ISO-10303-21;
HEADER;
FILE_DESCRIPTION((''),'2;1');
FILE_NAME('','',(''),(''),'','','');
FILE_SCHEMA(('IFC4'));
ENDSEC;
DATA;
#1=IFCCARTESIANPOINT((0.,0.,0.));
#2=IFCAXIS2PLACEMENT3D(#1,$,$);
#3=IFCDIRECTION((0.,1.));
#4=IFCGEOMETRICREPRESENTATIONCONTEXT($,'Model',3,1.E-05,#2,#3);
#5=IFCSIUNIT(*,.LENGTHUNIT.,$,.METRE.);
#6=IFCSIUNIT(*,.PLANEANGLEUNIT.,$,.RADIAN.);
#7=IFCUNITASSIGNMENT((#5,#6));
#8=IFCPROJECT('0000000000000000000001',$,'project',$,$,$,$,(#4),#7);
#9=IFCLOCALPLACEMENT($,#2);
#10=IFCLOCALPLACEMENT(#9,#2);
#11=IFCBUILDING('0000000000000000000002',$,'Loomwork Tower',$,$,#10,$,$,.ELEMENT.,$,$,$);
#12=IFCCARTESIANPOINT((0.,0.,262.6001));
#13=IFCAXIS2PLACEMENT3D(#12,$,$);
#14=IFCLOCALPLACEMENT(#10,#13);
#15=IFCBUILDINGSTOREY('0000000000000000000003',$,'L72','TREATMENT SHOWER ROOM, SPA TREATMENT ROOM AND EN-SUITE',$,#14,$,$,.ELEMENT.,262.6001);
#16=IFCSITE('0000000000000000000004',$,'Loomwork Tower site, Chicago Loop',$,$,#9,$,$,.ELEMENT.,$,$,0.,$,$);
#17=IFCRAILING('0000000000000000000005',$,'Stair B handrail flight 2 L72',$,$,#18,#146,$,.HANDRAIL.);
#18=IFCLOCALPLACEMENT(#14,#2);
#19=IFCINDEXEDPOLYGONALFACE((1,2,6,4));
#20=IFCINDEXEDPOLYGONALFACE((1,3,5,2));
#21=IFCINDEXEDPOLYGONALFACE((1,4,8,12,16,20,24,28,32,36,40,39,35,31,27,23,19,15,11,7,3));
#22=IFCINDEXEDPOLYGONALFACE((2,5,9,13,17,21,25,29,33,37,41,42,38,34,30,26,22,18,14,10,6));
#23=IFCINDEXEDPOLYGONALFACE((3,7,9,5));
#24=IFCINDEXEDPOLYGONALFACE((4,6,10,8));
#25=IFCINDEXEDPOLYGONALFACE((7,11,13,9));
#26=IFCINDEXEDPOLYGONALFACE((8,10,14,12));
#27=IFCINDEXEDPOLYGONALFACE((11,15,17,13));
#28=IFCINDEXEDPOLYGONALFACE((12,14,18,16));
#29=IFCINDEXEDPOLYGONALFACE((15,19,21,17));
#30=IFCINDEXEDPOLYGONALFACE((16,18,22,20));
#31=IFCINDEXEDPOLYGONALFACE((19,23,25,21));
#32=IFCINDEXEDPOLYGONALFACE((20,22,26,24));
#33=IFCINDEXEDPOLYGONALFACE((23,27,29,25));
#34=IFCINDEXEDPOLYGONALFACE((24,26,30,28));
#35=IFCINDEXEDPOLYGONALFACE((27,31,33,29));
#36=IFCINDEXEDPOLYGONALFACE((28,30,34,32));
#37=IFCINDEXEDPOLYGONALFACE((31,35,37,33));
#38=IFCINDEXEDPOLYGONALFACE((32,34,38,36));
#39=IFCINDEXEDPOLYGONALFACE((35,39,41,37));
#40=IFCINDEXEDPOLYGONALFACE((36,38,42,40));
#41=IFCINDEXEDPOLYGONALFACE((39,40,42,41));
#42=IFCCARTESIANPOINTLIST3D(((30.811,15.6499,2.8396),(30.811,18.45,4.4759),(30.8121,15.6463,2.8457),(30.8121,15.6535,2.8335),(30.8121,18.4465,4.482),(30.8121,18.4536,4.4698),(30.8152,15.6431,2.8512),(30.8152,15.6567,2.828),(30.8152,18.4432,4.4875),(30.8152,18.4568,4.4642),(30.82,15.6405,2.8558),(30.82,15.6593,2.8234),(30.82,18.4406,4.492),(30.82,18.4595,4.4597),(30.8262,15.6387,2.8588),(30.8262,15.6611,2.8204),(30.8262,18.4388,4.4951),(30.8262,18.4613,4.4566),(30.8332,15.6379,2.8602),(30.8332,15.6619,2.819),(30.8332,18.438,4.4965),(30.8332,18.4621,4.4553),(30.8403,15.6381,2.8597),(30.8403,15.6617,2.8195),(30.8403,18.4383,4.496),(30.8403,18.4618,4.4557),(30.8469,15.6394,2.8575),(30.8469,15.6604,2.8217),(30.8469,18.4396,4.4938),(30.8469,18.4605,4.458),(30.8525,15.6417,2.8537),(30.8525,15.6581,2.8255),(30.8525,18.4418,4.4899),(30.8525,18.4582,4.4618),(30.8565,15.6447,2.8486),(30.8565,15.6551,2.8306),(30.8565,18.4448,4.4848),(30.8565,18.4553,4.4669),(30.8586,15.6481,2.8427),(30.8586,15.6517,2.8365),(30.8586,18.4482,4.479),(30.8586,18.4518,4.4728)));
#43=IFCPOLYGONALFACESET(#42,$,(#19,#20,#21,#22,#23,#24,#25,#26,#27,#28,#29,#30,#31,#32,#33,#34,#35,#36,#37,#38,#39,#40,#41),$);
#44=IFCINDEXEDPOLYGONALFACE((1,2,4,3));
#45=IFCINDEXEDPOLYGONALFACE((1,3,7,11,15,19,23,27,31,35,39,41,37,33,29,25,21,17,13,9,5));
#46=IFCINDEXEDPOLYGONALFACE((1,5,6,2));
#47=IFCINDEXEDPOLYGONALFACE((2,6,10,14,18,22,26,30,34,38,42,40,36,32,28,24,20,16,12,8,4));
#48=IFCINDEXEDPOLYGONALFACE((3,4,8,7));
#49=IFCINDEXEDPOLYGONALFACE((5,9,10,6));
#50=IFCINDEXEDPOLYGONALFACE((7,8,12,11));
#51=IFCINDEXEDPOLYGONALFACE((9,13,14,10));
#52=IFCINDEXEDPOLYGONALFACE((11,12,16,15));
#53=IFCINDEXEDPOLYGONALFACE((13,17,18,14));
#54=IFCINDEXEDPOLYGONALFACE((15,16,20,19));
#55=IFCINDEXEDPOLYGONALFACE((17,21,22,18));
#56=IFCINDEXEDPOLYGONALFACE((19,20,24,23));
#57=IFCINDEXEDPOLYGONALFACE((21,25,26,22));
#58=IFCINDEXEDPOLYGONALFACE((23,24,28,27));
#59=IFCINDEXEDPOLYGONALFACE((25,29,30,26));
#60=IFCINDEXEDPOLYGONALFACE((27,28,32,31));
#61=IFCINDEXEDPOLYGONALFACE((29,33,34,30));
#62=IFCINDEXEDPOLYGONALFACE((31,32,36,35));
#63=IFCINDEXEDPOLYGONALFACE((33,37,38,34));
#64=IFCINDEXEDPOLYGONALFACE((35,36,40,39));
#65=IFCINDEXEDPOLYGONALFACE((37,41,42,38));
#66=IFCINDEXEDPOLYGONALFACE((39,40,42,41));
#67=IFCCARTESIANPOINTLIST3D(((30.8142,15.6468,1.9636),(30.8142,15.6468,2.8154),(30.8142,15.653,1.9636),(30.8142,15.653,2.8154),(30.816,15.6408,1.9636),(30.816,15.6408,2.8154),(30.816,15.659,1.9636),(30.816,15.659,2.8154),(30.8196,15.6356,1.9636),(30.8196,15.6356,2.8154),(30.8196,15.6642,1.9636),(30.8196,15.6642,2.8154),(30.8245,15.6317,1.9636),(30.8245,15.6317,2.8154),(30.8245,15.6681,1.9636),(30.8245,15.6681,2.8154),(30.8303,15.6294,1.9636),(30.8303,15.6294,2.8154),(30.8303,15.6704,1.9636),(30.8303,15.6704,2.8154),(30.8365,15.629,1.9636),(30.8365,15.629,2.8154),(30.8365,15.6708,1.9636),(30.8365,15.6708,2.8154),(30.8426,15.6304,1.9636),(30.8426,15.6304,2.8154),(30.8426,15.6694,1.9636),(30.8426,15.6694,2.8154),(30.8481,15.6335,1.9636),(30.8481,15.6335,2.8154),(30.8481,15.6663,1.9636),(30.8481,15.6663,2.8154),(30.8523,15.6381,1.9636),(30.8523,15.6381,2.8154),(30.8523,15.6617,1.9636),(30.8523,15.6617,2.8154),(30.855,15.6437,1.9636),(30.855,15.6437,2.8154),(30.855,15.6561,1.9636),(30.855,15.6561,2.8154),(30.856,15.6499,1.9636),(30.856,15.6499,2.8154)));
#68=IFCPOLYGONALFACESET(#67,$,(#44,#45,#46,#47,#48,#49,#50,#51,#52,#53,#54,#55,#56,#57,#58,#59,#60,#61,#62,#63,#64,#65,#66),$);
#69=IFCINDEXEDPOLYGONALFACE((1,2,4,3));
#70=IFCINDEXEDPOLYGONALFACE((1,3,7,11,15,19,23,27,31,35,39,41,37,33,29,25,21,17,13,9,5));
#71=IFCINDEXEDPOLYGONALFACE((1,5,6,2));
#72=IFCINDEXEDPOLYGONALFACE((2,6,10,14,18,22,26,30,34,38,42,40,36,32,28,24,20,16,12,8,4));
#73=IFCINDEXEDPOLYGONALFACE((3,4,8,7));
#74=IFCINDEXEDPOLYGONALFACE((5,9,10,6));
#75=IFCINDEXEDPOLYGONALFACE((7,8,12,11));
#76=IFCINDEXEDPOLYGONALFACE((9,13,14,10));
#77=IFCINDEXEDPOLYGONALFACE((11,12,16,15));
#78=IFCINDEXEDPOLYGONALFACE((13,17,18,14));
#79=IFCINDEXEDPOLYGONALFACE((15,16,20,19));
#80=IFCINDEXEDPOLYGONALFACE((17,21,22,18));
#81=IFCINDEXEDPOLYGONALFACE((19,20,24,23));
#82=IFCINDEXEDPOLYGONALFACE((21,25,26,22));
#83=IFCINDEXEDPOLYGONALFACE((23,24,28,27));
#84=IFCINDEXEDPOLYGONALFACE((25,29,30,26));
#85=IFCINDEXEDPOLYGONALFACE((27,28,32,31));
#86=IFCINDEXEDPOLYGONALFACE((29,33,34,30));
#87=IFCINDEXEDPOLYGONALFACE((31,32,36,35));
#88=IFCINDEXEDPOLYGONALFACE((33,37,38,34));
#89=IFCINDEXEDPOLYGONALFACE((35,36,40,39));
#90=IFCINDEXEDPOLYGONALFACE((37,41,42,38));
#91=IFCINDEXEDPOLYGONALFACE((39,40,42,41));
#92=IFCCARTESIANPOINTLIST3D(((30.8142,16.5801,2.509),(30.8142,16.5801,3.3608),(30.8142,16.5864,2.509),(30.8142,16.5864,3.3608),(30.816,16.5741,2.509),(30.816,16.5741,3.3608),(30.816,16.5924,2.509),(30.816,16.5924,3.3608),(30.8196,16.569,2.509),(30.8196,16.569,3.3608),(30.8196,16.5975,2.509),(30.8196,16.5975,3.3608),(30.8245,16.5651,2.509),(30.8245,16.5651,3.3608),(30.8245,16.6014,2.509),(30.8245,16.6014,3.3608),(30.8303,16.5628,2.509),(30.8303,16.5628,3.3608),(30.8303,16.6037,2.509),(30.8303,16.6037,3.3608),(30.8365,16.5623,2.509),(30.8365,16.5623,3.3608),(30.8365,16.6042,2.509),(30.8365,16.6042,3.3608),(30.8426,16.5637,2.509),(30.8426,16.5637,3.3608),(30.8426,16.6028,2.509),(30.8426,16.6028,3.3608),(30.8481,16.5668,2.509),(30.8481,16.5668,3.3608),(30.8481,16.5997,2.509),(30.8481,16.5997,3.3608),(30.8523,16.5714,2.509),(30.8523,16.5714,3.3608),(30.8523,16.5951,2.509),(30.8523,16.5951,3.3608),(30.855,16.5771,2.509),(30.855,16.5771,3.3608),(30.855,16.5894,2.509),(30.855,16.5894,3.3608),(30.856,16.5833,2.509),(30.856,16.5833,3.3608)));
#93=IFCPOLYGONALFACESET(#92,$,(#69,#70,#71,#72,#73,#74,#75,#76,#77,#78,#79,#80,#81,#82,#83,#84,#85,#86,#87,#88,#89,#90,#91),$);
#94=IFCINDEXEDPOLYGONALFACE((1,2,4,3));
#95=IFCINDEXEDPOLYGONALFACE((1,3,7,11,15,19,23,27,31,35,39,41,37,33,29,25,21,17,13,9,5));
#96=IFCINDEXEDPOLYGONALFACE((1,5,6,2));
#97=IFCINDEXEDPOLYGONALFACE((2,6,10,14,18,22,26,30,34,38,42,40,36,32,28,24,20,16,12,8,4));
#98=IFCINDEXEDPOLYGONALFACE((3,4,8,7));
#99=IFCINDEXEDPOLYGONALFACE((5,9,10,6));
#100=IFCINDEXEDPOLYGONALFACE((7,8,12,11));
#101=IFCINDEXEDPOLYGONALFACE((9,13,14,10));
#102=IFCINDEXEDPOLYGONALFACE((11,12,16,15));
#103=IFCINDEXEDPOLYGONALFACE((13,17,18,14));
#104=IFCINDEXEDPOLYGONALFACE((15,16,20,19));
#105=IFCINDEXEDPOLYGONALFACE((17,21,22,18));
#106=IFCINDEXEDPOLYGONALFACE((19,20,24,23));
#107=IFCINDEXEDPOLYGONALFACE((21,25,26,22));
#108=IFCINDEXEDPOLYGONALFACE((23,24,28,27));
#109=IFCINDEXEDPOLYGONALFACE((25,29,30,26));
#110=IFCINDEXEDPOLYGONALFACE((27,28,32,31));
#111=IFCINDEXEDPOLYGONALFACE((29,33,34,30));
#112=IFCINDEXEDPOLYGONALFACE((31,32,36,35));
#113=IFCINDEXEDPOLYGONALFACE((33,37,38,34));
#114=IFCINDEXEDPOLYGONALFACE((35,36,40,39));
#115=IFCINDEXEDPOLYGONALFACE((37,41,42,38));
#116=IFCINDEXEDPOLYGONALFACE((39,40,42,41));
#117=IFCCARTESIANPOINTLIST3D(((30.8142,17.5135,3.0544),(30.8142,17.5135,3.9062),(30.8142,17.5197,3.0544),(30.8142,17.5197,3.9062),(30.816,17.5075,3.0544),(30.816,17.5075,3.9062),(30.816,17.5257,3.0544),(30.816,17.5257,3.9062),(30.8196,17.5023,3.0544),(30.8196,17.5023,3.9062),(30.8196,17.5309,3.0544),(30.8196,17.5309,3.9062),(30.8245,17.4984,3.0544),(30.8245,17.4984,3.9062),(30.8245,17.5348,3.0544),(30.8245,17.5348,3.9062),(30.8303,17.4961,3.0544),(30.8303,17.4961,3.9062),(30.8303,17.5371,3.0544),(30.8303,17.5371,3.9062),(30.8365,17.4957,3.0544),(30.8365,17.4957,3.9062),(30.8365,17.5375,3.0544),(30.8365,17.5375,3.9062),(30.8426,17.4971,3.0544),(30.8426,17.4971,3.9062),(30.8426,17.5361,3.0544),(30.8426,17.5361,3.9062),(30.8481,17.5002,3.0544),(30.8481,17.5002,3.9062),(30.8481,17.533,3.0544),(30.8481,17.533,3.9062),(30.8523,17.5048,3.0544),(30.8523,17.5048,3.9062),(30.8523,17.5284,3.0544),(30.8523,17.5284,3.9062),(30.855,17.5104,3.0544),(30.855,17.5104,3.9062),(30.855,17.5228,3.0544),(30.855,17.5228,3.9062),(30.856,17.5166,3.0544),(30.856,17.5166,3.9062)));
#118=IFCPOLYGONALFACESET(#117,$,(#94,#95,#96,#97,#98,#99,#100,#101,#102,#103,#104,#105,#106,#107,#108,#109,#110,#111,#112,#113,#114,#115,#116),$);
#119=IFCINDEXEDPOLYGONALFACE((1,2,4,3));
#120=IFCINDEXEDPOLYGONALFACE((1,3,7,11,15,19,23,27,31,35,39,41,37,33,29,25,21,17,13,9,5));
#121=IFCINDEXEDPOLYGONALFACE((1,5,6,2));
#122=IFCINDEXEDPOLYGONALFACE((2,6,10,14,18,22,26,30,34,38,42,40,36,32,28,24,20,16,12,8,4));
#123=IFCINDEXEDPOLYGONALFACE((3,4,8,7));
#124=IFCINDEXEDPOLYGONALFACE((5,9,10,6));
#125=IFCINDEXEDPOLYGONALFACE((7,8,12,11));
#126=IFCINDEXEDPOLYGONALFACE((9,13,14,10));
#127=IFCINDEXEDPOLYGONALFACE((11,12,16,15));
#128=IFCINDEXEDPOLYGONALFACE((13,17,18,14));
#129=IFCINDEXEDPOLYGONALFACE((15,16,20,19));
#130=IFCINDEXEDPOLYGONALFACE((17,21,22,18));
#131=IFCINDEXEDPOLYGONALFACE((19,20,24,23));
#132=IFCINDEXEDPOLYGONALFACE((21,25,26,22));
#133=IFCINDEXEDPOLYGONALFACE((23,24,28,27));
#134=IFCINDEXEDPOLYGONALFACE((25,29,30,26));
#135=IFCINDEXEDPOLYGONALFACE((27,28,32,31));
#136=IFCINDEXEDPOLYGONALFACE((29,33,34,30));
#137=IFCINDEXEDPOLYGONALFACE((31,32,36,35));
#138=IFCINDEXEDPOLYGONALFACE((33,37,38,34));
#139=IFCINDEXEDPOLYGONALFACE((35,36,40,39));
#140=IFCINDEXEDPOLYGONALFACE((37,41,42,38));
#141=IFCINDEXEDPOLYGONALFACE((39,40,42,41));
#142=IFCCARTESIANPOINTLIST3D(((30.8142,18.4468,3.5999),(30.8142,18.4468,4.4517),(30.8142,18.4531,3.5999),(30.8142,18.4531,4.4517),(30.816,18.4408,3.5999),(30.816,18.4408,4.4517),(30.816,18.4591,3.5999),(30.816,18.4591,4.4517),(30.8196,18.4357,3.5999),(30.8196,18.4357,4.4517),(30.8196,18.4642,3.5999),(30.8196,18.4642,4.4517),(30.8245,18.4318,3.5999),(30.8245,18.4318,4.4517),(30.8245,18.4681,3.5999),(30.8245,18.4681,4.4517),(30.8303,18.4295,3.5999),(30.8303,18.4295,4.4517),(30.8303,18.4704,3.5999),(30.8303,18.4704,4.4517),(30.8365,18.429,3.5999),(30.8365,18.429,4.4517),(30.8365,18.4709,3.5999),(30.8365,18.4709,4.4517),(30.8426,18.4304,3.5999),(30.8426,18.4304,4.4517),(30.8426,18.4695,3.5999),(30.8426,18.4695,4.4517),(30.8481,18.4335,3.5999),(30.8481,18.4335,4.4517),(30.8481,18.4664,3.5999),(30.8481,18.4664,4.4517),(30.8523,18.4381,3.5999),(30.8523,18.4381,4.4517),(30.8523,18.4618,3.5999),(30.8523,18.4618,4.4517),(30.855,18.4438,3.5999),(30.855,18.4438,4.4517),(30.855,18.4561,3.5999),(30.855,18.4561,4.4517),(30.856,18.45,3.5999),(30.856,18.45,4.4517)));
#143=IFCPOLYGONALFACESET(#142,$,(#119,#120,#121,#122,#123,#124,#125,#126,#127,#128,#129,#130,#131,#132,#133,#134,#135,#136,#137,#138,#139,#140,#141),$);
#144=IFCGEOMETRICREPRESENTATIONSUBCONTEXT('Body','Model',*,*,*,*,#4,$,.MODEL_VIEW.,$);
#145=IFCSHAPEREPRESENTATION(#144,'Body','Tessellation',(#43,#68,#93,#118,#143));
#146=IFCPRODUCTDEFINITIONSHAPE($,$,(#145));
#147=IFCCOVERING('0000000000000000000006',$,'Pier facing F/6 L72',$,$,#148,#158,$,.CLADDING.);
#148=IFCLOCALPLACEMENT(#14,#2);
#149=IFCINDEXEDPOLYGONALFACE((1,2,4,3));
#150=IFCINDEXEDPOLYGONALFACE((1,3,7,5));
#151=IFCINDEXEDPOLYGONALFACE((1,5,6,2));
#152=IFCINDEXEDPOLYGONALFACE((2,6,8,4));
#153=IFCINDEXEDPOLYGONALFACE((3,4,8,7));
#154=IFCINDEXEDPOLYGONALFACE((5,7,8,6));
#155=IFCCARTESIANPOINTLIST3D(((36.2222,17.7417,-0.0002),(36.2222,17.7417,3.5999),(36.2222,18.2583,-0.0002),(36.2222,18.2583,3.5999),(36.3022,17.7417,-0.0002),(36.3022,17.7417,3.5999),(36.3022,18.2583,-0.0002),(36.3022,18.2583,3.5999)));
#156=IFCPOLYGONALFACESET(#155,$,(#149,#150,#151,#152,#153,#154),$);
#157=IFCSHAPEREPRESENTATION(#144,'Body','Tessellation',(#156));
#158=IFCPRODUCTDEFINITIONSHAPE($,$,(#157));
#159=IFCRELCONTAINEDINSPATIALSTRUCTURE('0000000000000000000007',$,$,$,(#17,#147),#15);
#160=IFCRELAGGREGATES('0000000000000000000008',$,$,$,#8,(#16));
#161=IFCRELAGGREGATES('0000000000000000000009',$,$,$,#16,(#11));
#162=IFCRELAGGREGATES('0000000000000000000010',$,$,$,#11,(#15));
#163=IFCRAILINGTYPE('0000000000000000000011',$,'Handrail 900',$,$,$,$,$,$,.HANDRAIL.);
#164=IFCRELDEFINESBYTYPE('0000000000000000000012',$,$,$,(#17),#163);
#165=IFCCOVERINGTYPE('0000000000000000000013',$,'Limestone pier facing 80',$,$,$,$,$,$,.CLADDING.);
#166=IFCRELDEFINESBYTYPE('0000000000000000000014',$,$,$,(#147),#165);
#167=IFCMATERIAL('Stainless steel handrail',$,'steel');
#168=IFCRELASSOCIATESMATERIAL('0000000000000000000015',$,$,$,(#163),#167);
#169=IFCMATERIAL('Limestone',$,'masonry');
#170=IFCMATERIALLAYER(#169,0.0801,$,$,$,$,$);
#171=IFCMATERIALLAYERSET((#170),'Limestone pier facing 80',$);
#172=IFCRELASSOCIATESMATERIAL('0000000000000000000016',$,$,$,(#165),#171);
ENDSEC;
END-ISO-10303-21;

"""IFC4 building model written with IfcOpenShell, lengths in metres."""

from ifc_helpers import new_model, si_unit, direction, frame, origin, origin_2d, place, context, subcontext, project, spatial, rectangle, circle, extrude, material, layer, layer_set, type_object, element, save


model = new_model("IFC4")

# Units and contexts
model_context = context("Model", 3, precision=1e-05, world=origin(), true_north=direction((0.0, 1.0)))
body_context = subcontext(model_context, "Body", "Model", "MODEL_VIEW")
ifc_project = project(units=[si_unit("LENGTHUNIT", "METRE"), si_unit("PLANEANGLEUNIT", "RADIAN")], contexts=[model_context])

# Site, building, storey
site_placement = place(None, origin())
site = spatial("IfcSite", under=ifc_project, at=site_placement, Name="Loomwork Tower site, Chicago Loop", CompositionType="ELEMENT", RefElevation=0.0)
building_placement = place(site_placement, origin())
building = spatial("IfcBuilding", under=site, at=building_placement, Name="Loomwork Tower", CompositionType="ELEMENT")
storey_placement = place(building_placement, frame((0.0, 0.0, 262.6001)))
storey = spatial("IfcBuildingStorey", under=building, at=storey_placement, Name="L72", Description="TREATMENT SHOWER ROOM, SPA TREATMENT ROOM AND EN-SUITE", CompositionType="ELEMENT", Elevation=262.6001)

# Railing
ifc_material_1 = material(Name="Stainless steel handrail", Category="steel")
railing_type = type_object("IfcRailingType", Name="Handrail 900", PredefinedType="HANDRAIL", material=ifc_material_1)
railing_placement = place(storey_placement, frame((30.835, 15.6499, 1.9636)))
element("IfcRailing", 1, at=railing_placement, inside=storey, type_object=railing_type, Name="Stair B handrail flight 2 L72", PredefinedType="HANDRAIL", context=body_context, shape_type="SweptSolid", body=[
    extrude(circle(Radius=0.0239, at=origin_2d()), frame((0.0, 0.0, 0.876), z_axis=(0.0, 0.863394, 0.504531), x_axis=(-1.0, 0.0, 0.0)), (0.0, 0.0, 1.0), 3.2432),
    extrude(circle(Radius=0.021, at=origin_2d()), origin(), (0.0, 0.0, 1.0), 0.8518),
    extrude(circle(Radius=0.021, at=origin_2d()), frame((0.0, 0.9333, 0.5454)), (0.0, 0.0, 1.0), 0.8518),
    extrude(circle(Radius=0.021, at=origin_2d()), frame((0.0, 1.8667, 1.0908)), (0.0, 0.0, 1.0), 0.8518),
    extrude(circle(Radius=0.021, at=origin_2d()), frame((0.0, 2.8, 1.6362)), (0.0, 0.0, 1.0), 0.8518),
])

# Covering
ifc_material_2 = material(Name="Limestone", Category="masonry")
ifc_layer_1 = layer(ifc_material_2, 0.0801)
ifc_layer_set_1 = layer_set([ifc_layer_1], Name="Limestone pier facing 80")
covering_type = type_object("IfcCoveringType", Name="Limestone pier facing 80", PredefinedType="CLADDING", material=ifc_layer_set_1)
covering_placement = place(storey_placement, frame((36.2622, 18.0, -0.0002), z_axis=(0.0, 0.0, 1.0), x_axis=(1.0, 0.0, 0.0)))
element("IfcCovering", 2, at=covering_placement, inside=storey, type_object=covering_type, Name="Pier facing F/6 L72", PredefinedType="CLADDING", context=body_context, shape_type="SweptSolid", body=[
    extrude(rectangle(XDim=0.0801, YDim=0.5166, at=origin_2d()), origin(), (0.0, 0.0, 1.0), 3.6001),
])

save(model, "model.ifc")
